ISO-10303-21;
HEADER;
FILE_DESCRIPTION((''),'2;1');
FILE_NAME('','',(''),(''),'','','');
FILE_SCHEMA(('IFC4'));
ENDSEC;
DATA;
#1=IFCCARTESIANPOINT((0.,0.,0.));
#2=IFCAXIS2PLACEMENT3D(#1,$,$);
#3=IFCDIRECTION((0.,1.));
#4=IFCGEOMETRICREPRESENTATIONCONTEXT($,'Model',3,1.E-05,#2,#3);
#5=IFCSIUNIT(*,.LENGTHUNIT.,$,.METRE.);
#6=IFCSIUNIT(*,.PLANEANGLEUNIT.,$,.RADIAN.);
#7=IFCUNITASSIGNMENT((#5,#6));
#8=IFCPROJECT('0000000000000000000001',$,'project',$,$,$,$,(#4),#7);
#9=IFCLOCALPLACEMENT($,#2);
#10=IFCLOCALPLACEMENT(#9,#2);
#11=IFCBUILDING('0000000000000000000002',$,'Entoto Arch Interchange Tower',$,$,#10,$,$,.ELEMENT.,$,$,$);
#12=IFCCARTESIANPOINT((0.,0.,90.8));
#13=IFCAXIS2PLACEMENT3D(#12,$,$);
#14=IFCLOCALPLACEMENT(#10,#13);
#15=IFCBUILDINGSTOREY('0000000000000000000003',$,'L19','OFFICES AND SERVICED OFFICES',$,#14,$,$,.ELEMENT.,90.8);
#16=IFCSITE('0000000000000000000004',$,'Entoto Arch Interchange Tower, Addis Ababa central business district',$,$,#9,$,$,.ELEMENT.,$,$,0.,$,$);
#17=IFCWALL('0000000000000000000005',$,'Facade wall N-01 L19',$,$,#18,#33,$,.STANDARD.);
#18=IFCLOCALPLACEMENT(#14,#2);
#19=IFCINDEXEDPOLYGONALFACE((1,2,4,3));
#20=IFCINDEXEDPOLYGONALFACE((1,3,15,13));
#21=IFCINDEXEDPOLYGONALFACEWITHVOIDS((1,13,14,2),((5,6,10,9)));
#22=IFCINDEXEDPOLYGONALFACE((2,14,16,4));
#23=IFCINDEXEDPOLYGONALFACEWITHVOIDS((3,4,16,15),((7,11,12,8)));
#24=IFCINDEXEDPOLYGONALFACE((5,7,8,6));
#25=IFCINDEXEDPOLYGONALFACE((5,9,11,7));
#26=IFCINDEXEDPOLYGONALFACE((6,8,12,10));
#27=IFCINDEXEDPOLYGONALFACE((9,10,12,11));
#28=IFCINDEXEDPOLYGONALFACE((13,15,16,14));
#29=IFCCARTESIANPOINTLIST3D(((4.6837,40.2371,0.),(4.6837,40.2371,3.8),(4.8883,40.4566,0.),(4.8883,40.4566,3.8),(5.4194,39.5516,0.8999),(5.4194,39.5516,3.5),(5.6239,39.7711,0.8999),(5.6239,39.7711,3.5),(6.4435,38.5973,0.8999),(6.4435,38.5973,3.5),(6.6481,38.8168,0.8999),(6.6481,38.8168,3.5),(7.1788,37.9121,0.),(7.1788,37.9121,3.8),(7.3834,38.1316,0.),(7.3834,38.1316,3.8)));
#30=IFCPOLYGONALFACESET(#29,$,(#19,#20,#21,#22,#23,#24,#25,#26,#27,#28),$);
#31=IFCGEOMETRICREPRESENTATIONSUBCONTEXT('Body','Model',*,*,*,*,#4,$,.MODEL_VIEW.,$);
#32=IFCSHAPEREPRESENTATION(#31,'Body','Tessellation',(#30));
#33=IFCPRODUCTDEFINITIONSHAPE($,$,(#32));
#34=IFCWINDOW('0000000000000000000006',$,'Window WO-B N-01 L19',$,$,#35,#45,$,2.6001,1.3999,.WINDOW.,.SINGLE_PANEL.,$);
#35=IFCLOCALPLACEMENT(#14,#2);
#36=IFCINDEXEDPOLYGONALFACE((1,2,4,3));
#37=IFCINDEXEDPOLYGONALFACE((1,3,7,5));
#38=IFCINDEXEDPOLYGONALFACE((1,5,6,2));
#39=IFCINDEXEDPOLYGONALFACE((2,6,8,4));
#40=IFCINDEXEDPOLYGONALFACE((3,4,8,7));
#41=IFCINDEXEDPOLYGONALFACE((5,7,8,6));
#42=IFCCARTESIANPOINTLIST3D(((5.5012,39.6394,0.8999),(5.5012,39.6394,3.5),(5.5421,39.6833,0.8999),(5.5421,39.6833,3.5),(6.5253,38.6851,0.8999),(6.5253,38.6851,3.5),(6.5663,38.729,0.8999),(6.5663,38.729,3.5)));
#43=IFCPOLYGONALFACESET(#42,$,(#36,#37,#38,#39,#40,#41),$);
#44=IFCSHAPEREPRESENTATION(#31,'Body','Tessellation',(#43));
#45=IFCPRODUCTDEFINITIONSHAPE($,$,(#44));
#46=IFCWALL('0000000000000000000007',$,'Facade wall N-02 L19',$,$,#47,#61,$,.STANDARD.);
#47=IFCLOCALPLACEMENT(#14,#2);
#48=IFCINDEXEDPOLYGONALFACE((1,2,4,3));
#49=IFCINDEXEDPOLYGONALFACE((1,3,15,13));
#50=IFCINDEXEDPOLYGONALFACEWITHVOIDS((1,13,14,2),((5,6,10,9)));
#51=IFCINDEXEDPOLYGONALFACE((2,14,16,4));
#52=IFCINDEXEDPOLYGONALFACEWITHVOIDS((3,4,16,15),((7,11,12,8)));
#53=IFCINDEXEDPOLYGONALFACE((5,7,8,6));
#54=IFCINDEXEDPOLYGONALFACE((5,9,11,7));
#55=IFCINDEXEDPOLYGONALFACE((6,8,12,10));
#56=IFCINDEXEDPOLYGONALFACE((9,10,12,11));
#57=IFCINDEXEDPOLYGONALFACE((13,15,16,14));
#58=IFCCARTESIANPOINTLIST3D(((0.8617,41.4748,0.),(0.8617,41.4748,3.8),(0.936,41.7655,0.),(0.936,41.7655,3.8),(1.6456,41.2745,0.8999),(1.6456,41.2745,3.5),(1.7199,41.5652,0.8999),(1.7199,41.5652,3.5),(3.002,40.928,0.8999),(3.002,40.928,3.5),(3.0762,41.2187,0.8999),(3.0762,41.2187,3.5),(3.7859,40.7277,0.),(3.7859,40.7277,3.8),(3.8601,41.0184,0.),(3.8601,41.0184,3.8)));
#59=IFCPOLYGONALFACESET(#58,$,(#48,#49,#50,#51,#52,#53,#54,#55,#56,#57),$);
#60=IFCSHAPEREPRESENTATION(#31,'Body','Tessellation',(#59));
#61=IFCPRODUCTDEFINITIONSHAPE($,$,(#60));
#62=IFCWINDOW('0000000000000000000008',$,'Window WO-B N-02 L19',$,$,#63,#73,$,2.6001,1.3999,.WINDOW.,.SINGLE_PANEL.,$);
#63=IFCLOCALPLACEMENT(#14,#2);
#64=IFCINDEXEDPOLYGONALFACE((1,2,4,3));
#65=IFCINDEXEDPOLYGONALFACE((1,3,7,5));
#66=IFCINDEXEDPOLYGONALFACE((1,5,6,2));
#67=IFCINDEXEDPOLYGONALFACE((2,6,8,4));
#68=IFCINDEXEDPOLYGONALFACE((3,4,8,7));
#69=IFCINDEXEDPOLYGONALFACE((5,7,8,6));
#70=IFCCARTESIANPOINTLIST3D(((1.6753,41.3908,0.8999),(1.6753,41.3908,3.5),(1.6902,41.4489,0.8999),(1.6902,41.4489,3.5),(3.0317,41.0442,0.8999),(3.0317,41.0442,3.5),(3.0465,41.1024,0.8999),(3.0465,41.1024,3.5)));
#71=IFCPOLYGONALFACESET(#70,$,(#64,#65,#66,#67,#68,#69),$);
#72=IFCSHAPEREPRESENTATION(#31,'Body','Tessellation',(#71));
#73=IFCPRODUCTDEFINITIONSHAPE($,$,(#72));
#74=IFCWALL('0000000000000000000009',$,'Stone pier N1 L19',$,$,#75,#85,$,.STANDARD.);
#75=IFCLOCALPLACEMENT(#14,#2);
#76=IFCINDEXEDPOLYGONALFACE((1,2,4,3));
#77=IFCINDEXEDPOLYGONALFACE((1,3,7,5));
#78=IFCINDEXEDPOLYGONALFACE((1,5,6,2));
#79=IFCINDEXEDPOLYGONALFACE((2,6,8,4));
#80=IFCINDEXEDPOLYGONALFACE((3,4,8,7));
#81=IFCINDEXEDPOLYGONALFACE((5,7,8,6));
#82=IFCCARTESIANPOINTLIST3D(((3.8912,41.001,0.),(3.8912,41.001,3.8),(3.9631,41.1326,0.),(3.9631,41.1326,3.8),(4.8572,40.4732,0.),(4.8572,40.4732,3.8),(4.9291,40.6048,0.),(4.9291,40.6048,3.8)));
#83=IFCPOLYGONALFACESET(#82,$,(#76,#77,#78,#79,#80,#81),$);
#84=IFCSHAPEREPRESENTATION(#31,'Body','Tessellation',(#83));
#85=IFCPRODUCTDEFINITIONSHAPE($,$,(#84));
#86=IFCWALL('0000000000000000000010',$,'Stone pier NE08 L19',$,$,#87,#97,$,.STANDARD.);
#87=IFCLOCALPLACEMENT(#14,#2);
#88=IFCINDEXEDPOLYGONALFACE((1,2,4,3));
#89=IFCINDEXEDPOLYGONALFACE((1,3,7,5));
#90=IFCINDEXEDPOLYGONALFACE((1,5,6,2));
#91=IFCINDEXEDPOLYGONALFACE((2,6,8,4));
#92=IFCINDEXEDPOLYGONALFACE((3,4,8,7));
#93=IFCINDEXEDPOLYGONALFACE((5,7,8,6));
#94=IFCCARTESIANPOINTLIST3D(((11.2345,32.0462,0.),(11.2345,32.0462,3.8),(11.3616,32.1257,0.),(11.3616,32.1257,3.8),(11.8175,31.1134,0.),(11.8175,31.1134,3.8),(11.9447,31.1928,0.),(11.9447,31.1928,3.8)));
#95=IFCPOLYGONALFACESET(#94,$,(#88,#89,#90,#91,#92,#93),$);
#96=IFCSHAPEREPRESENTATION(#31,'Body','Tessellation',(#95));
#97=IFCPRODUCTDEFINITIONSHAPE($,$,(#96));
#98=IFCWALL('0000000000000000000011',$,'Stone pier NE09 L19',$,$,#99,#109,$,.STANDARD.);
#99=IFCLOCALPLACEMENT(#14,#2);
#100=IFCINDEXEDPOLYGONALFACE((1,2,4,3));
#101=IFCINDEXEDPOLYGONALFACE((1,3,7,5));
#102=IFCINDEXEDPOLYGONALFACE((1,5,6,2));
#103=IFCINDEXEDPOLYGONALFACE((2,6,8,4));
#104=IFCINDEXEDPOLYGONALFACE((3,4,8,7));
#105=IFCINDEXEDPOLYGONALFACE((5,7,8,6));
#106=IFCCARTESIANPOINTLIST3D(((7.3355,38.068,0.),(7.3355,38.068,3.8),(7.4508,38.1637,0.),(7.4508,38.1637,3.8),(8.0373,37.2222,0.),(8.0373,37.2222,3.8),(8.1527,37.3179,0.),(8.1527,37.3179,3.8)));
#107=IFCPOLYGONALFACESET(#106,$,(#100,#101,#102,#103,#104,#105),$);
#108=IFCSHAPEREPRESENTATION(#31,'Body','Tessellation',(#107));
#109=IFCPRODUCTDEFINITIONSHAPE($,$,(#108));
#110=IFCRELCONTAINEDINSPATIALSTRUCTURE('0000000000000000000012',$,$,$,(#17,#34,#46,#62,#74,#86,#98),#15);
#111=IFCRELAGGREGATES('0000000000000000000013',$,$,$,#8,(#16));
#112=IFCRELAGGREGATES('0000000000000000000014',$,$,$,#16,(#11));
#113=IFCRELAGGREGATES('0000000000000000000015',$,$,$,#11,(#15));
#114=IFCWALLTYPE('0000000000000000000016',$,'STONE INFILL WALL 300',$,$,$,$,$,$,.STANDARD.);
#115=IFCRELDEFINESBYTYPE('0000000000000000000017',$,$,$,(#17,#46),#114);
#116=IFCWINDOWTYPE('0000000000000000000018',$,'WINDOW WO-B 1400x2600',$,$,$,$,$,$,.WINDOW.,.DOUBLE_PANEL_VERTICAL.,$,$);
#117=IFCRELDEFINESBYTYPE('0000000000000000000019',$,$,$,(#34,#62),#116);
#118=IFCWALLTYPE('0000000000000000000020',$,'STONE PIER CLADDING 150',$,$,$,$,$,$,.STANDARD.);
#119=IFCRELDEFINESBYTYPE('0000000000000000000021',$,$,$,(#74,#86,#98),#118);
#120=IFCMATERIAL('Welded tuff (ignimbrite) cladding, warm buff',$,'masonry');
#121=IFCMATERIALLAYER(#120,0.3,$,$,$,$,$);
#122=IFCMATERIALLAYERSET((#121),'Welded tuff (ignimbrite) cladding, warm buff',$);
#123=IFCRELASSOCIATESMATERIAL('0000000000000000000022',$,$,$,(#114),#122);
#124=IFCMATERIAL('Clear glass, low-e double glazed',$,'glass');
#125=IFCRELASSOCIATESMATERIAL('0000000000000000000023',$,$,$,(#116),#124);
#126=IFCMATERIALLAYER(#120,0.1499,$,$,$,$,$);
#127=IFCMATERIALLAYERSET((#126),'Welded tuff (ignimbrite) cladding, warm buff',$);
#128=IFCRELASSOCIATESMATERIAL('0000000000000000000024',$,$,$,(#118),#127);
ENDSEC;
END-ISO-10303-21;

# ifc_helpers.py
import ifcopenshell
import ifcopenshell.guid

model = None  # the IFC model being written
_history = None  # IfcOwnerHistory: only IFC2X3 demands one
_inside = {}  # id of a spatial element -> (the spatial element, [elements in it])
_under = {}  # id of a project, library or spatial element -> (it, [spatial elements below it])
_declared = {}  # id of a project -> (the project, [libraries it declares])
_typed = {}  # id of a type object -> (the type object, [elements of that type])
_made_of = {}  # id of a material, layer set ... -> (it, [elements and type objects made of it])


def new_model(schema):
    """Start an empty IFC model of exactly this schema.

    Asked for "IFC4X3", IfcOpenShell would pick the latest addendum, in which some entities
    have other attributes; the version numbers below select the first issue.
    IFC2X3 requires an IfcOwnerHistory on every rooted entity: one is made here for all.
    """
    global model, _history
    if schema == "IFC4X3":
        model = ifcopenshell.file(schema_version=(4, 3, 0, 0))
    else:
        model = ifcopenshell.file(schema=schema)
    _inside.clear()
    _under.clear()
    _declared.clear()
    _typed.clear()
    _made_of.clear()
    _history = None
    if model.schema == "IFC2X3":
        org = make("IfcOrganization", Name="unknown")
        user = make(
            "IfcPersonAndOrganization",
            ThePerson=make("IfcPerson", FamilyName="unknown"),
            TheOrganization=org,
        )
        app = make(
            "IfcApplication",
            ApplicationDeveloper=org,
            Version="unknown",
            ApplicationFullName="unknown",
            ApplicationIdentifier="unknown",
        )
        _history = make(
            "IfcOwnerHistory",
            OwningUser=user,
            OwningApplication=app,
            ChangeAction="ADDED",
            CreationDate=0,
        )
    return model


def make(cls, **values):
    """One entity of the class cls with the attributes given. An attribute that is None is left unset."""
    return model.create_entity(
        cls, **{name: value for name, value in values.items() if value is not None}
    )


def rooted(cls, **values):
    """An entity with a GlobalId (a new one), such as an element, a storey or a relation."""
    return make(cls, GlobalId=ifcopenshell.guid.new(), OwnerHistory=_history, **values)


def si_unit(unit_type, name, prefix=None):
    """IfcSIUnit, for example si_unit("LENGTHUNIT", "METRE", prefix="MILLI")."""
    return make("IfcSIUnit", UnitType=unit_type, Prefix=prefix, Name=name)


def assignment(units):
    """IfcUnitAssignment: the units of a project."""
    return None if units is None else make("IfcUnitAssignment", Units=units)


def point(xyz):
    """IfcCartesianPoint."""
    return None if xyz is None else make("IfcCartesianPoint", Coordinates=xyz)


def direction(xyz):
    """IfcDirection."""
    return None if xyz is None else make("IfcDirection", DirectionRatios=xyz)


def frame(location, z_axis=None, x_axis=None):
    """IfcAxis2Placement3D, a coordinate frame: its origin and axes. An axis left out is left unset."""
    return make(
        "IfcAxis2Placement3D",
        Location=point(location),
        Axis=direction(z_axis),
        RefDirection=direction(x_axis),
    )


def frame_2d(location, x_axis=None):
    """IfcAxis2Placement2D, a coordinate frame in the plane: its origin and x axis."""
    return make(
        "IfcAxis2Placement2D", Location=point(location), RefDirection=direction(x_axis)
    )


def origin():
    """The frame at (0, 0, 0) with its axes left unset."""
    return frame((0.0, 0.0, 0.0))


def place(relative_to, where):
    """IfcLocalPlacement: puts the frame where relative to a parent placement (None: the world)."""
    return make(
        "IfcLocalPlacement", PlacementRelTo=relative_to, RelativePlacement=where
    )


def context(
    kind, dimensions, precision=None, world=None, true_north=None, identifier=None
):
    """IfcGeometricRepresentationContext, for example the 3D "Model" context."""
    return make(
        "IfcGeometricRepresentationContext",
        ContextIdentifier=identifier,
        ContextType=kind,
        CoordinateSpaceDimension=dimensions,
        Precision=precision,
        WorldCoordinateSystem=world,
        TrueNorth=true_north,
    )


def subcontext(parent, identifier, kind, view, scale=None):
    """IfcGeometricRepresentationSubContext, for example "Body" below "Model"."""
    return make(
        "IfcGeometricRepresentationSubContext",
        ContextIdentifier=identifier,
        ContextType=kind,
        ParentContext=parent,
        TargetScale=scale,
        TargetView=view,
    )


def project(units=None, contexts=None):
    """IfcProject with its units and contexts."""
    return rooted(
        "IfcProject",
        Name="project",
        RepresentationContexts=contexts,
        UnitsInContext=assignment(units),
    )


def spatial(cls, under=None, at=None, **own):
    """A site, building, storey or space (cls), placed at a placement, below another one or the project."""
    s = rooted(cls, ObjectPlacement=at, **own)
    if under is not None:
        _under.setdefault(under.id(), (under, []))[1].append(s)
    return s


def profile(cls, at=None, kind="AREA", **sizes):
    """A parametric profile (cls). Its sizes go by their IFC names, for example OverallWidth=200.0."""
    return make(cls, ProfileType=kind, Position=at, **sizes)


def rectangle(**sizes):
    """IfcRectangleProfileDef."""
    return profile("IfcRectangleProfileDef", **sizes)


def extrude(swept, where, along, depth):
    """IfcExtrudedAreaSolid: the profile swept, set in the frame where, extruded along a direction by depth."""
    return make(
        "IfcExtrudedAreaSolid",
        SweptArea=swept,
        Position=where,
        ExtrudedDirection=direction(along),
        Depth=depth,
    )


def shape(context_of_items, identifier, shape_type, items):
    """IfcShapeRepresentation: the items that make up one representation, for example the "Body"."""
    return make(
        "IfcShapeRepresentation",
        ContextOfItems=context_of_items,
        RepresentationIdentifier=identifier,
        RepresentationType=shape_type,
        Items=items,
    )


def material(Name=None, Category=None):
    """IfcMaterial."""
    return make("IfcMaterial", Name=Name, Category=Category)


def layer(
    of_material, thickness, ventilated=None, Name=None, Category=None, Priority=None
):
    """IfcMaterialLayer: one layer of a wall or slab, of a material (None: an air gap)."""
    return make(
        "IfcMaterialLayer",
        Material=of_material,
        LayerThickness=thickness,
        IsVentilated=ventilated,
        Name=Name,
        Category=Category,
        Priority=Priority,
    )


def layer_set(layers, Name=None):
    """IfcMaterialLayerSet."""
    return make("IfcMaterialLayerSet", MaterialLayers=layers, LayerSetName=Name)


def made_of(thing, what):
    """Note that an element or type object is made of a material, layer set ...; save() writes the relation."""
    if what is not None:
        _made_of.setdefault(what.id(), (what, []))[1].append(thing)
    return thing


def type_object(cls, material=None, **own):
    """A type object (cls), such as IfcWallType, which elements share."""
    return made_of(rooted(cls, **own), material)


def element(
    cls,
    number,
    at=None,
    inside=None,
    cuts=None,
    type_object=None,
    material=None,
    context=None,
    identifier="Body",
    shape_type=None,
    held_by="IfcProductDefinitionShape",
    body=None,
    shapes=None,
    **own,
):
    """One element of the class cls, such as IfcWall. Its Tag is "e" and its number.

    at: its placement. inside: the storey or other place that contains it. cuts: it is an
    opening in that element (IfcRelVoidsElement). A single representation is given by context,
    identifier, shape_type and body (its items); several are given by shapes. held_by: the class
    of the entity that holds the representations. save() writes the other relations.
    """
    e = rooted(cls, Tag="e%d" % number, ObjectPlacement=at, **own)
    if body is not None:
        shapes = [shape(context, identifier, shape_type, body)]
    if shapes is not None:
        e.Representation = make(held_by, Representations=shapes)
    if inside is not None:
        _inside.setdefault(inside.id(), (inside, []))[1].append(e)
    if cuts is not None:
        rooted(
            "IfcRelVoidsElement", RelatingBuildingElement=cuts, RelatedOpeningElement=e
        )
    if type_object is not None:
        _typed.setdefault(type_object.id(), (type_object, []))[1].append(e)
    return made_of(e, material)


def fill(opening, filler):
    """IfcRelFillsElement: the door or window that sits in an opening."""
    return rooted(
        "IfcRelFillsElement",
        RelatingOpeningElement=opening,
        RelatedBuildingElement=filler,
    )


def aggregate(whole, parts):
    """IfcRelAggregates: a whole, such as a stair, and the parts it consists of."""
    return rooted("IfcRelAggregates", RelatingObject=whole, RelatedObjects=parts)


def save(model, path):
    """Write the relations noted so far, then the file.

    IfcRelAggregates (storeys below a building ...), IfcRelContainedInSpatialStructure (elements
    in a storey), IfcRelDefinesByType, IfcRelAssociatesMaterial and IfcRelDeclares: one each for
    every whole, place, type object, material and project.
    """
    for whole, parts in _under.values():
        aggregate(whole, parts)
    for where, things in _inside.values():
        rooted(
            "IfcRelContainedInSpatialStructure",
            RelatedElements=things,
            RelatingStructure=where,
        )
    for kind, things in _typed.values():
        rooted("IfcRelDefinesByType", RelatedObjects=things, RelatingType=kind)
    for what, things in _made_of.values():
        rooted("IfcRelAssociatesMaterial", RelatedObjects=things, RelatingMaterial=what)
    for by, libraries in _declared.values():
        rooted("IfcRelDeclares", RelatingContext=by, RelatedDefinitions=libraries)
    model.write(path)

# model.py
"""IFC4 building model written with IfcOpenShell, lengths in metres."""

from ifc_helpers import new_model, si_unit, direction, frame, frame_2d, origin, place, context, subcontext, project, spatial, rectangle, extrude, material, layer, layer_set, type_object, element, fill, save


model = new_model("IFC4")

# Units and contexts
model_context = context("Model", 3, precision=1e-05, world=origin(), true_north=direction((0.0, 1.0)))
body_context = subcontext(model_context, "Body", "Model", "MODEL_VIEW")
ifc_project = project(units=[si_unit("LENGTHUNIT", "METRE"), si_unit("PLANEANGLEUNIT", "RADIAN")], contexts=[model_context])

# Site, building, storey
site_placement = place(None, origin())
site = spatial("IfcSite", under=ifc_project, at=site_placement, Name="Entoto Arch Interchange Tower, Addis Ababa central business district", CompositionType="ELEMENT", RefElevation=0.0)
building_placement = place(site_placement, origin())
building = spatial("IfcBuilding", under=site, at=building_placement, Name="Entoto Arch Interchange Tower", CompositionType="ELEMENT")
storey_placement = place(building_placement, frame((0.0, 0.0, 90.8)))
storey = spatial("IfcBuildingStorey", under=building, at=storey_placement, Name="L19", Description="OFFICES AND SERVICED OFFICES", CompositionType="ELEMENT", Elevation=90.8)

# Shared definitions
ifc_material_1 = material(Name="Welded tuff (ignimbrite) cladding, warm buff", Category="masonry")
ifc_layer_1 = layer(ifc_material_1, 0.3)
ifc_layer_set_1 = layer_set([ifc_layer_1], Name="Welded tuff (ignimbrite) cladding, warm buff")
wall_type_1 = type_object("IfcWallType", Name="STONE INFILL WALL 300", PredefinedType="STANDARD", material=ifc_layer_set_1)
ifc_material_2 = material(Name="Clear glass, low-e double glazed", Category="glass")

# Walls, openings, windows
wall_1_placement = place(storey_placement, frame((7.281, 38.022, 0.0), z_axis=(0.0, 0.0, 1.0), x_axis=(-0.731614, 0.681719, 0.0)))
wall_1 = element("IfcWall", 1, at=wall_1_placement, inside=storey, type_object=wall_type_1, Name="Facade wall N-01 L19", PredefinedType="STANDARD", context=body_context, shape_type="SweptSolid", body=[
    extrude(rectangle(XDim=3.4104, YDim=0.3, at=frame_2d((1.7051, 0.0))), origin(), (0.0, 0.0, 1.0), 3.8),
])
opening_1_placement = place(wall_1_placement, frame((1.0049, 0.0, 0.8999)))
opening_1 = element("IfcOpeningElement", 2, at=opening_1_placement, cuts=wall_1, PredefinedType="OPENING", context=body_context, shape_type="SweptSolid", body=[
    extrude(rectangle(XDim=1.3999, YDim=2.6001, at=frame_2d((0.7, 1.3))), frame((0.0, 0.1602, 0.0), z_axis=(0.0, -1.0, 0.0), x_axis=(1.0, 0.0, 0.0)), (0.0, 0.0, 1.0), 0.3201),
])
window_type_1 = type_object("IfcWindowType", Name="WINDOW WO-B 1400x2600", PartitioningType="DOUBLE_PANEL_VERTICAL", PredefinedType="WINDOW", material=ifc_material_2)
window_1_placement = place(opening_1_placement, origin())
window_1 = element("IfcWindow", 3, at=window_1_placement, inside=storey, type_object=window_type_1, Name="Window WO-B N-01 L19", OverallHeight=2.6001, OverallWidth=1.3999, PartitioningType="SINGLE_PANEL", PredefinedType="WINDOW", context=body_context, shape_type="SweptSolid", body=[
    extrude(rectangle(XDim=1.3999, YDim=2.6001, at=frame_2d((0.7, 1.3))), frame((0.0, 0.03, 0.0), z_axis=(0.0, -1.0, 0.0), x_axis=(1.0, 0.0, 0.0)), (0.0, 0.0, 1.0), 0.0601),
])
fill(opening_1, window_1)
wall_2_placement = place(storey_placement, frame((3.823, 40.873, 0.0), z_axis=(0.0, 0.0, 1.0), x_axis=(-0.968878, 0.247538, 0.0)))
wall_2 = element("IfcWall", 4, at=wall_2_placement, inside=storey, type_object=wall_type_1, Name="Facade wall N-02 L19", PredefinedType="STANDARD", context=body_context, shape_type="SweptSolid", body=[
    extrude(rectangle(XDim=3.0181, YDim=0.3, at=frame_2d((1.509, 0.0))), origin(), (0.0, 0.0, 1.0), 3.8),
])
opening_2_placement = place(wall_2_placement, frame((0.8091, 0.0, 0.8999)))
opening_2 = element("IfcOpeningElement", 5, at=opening_2_placement, cuts=wall_2, PredefinedType="OPENING", context=body_context, shape_type="SweptSolid", body=[
    extrude(rectangle(XDim=1.3999, YDim=2.6001, at=frame_2d((0.7, 1.3))), frame((0.0, 0.1602, 0.0), z_axis=(0.0, -1.0, 0.0), x_axis=(1.0, 0.0, 0.0)), (0.0, 0.0, 1.0), 0.3201),
])
window_2_placement = place(opening_2_placement, origin())
window_2 = element("IfcWindow", 6, at=window_2_placement, inside=storey, type_object=window_type_1, Name="Window WO-B N-02 L19", OverallHeight=2.6001, OverallWidth=1.3999, PartitioningType="SINGLE_PANEL", PredefinedType="WINDOW", context=body_context, shape_type="SweptSolid", body=[
    extrude(rectangle(XDim=1.3999, YDim=2.6001, at=frame_2d((0.7, 1.3))), frame((0.0, 0.03, 0.0), z_axis=(0.0, -1.0, 0.0), x_axis=(1.0, 0.0, 0.0)), (0.0, 0.0, 1.0), 0.0601),
])
fill(opening_2, window_2)

# Walls
ifc_layer_2 = layer(ifc_material_1, 0.1499)
ifc_layer_set_2 = layer_set([ifc_layer_2], Name="Welded tuff (ignimbrite) cladding, warm buff")
wall_type_2 = type_object("IfcWallType", Name="STONE PIER CLADDING 150", PredefinedType="STANDARD", material=ifc_layer_set_2)
wall_3_placement = place(storey_placement, frame((4.8931, 40.5391, 0.0), z_axis=(0.0, 0.0, 1.0), x_axis=(-0.877556, 0.479474, 0.0)))
element("IfcWall", 7, at=wall_3_placement, inside=storey, type_object=wall_type_2, Name="Stone pier N1 L19", PredefinedType="STANDARD", context=body_context, shape_type="SweptSolid", body=[
    extrude(rectangle(XDim=1.1008, YDim=0.1499, at=frame_2d((0.5503, 0.0))), origin(), (0.0, 0.0, 1.0), 3.8),
])
wall_4_placement = place(storey_placement, frame((11.8811, 31.1531, 0.0), z_axis=(0.0, 0.0, 1.0), x_axis=(-0.529979, 0.848011, 0.0)))
element("IfcWall", 8, at=wall_4_placement, inside=storey, type_object=wall_type_2, Name="Stone pier NE08 L19", PredefinedType="STANDARD", context=body_context, shape_type="SweptSolid", body=[
    extrude(rectangle(XDim=1.1001, YDim=0.1499, at=frame_2d((0.55, 0.0))), origin(), (0.0, 0.0, 1.0), 3.8),
])
wall_5_placement = place(storey_placement, frame((8.095, 37.27, 0.0), z_axis=(0.0, 0.0, 1.0), x_axis=(-0.638544, 0.769585, 0.0)))
element("IfcWall", 9, at=wall_5_placement, inside=storey, type_object=wall_type_2, Name="Stone pier NE09 L19", PredefinedType="STANDARD", context=body_context, shape_type="SweptSolid", body=[
    extrude(rectangle(XDim=1.0991, YDim=0.1499, at=frame_2d((0.5496, 0.0))), origin(), (0.0, 0.0, 1.0), 3.8),
])

save(model, "model.ifc")
